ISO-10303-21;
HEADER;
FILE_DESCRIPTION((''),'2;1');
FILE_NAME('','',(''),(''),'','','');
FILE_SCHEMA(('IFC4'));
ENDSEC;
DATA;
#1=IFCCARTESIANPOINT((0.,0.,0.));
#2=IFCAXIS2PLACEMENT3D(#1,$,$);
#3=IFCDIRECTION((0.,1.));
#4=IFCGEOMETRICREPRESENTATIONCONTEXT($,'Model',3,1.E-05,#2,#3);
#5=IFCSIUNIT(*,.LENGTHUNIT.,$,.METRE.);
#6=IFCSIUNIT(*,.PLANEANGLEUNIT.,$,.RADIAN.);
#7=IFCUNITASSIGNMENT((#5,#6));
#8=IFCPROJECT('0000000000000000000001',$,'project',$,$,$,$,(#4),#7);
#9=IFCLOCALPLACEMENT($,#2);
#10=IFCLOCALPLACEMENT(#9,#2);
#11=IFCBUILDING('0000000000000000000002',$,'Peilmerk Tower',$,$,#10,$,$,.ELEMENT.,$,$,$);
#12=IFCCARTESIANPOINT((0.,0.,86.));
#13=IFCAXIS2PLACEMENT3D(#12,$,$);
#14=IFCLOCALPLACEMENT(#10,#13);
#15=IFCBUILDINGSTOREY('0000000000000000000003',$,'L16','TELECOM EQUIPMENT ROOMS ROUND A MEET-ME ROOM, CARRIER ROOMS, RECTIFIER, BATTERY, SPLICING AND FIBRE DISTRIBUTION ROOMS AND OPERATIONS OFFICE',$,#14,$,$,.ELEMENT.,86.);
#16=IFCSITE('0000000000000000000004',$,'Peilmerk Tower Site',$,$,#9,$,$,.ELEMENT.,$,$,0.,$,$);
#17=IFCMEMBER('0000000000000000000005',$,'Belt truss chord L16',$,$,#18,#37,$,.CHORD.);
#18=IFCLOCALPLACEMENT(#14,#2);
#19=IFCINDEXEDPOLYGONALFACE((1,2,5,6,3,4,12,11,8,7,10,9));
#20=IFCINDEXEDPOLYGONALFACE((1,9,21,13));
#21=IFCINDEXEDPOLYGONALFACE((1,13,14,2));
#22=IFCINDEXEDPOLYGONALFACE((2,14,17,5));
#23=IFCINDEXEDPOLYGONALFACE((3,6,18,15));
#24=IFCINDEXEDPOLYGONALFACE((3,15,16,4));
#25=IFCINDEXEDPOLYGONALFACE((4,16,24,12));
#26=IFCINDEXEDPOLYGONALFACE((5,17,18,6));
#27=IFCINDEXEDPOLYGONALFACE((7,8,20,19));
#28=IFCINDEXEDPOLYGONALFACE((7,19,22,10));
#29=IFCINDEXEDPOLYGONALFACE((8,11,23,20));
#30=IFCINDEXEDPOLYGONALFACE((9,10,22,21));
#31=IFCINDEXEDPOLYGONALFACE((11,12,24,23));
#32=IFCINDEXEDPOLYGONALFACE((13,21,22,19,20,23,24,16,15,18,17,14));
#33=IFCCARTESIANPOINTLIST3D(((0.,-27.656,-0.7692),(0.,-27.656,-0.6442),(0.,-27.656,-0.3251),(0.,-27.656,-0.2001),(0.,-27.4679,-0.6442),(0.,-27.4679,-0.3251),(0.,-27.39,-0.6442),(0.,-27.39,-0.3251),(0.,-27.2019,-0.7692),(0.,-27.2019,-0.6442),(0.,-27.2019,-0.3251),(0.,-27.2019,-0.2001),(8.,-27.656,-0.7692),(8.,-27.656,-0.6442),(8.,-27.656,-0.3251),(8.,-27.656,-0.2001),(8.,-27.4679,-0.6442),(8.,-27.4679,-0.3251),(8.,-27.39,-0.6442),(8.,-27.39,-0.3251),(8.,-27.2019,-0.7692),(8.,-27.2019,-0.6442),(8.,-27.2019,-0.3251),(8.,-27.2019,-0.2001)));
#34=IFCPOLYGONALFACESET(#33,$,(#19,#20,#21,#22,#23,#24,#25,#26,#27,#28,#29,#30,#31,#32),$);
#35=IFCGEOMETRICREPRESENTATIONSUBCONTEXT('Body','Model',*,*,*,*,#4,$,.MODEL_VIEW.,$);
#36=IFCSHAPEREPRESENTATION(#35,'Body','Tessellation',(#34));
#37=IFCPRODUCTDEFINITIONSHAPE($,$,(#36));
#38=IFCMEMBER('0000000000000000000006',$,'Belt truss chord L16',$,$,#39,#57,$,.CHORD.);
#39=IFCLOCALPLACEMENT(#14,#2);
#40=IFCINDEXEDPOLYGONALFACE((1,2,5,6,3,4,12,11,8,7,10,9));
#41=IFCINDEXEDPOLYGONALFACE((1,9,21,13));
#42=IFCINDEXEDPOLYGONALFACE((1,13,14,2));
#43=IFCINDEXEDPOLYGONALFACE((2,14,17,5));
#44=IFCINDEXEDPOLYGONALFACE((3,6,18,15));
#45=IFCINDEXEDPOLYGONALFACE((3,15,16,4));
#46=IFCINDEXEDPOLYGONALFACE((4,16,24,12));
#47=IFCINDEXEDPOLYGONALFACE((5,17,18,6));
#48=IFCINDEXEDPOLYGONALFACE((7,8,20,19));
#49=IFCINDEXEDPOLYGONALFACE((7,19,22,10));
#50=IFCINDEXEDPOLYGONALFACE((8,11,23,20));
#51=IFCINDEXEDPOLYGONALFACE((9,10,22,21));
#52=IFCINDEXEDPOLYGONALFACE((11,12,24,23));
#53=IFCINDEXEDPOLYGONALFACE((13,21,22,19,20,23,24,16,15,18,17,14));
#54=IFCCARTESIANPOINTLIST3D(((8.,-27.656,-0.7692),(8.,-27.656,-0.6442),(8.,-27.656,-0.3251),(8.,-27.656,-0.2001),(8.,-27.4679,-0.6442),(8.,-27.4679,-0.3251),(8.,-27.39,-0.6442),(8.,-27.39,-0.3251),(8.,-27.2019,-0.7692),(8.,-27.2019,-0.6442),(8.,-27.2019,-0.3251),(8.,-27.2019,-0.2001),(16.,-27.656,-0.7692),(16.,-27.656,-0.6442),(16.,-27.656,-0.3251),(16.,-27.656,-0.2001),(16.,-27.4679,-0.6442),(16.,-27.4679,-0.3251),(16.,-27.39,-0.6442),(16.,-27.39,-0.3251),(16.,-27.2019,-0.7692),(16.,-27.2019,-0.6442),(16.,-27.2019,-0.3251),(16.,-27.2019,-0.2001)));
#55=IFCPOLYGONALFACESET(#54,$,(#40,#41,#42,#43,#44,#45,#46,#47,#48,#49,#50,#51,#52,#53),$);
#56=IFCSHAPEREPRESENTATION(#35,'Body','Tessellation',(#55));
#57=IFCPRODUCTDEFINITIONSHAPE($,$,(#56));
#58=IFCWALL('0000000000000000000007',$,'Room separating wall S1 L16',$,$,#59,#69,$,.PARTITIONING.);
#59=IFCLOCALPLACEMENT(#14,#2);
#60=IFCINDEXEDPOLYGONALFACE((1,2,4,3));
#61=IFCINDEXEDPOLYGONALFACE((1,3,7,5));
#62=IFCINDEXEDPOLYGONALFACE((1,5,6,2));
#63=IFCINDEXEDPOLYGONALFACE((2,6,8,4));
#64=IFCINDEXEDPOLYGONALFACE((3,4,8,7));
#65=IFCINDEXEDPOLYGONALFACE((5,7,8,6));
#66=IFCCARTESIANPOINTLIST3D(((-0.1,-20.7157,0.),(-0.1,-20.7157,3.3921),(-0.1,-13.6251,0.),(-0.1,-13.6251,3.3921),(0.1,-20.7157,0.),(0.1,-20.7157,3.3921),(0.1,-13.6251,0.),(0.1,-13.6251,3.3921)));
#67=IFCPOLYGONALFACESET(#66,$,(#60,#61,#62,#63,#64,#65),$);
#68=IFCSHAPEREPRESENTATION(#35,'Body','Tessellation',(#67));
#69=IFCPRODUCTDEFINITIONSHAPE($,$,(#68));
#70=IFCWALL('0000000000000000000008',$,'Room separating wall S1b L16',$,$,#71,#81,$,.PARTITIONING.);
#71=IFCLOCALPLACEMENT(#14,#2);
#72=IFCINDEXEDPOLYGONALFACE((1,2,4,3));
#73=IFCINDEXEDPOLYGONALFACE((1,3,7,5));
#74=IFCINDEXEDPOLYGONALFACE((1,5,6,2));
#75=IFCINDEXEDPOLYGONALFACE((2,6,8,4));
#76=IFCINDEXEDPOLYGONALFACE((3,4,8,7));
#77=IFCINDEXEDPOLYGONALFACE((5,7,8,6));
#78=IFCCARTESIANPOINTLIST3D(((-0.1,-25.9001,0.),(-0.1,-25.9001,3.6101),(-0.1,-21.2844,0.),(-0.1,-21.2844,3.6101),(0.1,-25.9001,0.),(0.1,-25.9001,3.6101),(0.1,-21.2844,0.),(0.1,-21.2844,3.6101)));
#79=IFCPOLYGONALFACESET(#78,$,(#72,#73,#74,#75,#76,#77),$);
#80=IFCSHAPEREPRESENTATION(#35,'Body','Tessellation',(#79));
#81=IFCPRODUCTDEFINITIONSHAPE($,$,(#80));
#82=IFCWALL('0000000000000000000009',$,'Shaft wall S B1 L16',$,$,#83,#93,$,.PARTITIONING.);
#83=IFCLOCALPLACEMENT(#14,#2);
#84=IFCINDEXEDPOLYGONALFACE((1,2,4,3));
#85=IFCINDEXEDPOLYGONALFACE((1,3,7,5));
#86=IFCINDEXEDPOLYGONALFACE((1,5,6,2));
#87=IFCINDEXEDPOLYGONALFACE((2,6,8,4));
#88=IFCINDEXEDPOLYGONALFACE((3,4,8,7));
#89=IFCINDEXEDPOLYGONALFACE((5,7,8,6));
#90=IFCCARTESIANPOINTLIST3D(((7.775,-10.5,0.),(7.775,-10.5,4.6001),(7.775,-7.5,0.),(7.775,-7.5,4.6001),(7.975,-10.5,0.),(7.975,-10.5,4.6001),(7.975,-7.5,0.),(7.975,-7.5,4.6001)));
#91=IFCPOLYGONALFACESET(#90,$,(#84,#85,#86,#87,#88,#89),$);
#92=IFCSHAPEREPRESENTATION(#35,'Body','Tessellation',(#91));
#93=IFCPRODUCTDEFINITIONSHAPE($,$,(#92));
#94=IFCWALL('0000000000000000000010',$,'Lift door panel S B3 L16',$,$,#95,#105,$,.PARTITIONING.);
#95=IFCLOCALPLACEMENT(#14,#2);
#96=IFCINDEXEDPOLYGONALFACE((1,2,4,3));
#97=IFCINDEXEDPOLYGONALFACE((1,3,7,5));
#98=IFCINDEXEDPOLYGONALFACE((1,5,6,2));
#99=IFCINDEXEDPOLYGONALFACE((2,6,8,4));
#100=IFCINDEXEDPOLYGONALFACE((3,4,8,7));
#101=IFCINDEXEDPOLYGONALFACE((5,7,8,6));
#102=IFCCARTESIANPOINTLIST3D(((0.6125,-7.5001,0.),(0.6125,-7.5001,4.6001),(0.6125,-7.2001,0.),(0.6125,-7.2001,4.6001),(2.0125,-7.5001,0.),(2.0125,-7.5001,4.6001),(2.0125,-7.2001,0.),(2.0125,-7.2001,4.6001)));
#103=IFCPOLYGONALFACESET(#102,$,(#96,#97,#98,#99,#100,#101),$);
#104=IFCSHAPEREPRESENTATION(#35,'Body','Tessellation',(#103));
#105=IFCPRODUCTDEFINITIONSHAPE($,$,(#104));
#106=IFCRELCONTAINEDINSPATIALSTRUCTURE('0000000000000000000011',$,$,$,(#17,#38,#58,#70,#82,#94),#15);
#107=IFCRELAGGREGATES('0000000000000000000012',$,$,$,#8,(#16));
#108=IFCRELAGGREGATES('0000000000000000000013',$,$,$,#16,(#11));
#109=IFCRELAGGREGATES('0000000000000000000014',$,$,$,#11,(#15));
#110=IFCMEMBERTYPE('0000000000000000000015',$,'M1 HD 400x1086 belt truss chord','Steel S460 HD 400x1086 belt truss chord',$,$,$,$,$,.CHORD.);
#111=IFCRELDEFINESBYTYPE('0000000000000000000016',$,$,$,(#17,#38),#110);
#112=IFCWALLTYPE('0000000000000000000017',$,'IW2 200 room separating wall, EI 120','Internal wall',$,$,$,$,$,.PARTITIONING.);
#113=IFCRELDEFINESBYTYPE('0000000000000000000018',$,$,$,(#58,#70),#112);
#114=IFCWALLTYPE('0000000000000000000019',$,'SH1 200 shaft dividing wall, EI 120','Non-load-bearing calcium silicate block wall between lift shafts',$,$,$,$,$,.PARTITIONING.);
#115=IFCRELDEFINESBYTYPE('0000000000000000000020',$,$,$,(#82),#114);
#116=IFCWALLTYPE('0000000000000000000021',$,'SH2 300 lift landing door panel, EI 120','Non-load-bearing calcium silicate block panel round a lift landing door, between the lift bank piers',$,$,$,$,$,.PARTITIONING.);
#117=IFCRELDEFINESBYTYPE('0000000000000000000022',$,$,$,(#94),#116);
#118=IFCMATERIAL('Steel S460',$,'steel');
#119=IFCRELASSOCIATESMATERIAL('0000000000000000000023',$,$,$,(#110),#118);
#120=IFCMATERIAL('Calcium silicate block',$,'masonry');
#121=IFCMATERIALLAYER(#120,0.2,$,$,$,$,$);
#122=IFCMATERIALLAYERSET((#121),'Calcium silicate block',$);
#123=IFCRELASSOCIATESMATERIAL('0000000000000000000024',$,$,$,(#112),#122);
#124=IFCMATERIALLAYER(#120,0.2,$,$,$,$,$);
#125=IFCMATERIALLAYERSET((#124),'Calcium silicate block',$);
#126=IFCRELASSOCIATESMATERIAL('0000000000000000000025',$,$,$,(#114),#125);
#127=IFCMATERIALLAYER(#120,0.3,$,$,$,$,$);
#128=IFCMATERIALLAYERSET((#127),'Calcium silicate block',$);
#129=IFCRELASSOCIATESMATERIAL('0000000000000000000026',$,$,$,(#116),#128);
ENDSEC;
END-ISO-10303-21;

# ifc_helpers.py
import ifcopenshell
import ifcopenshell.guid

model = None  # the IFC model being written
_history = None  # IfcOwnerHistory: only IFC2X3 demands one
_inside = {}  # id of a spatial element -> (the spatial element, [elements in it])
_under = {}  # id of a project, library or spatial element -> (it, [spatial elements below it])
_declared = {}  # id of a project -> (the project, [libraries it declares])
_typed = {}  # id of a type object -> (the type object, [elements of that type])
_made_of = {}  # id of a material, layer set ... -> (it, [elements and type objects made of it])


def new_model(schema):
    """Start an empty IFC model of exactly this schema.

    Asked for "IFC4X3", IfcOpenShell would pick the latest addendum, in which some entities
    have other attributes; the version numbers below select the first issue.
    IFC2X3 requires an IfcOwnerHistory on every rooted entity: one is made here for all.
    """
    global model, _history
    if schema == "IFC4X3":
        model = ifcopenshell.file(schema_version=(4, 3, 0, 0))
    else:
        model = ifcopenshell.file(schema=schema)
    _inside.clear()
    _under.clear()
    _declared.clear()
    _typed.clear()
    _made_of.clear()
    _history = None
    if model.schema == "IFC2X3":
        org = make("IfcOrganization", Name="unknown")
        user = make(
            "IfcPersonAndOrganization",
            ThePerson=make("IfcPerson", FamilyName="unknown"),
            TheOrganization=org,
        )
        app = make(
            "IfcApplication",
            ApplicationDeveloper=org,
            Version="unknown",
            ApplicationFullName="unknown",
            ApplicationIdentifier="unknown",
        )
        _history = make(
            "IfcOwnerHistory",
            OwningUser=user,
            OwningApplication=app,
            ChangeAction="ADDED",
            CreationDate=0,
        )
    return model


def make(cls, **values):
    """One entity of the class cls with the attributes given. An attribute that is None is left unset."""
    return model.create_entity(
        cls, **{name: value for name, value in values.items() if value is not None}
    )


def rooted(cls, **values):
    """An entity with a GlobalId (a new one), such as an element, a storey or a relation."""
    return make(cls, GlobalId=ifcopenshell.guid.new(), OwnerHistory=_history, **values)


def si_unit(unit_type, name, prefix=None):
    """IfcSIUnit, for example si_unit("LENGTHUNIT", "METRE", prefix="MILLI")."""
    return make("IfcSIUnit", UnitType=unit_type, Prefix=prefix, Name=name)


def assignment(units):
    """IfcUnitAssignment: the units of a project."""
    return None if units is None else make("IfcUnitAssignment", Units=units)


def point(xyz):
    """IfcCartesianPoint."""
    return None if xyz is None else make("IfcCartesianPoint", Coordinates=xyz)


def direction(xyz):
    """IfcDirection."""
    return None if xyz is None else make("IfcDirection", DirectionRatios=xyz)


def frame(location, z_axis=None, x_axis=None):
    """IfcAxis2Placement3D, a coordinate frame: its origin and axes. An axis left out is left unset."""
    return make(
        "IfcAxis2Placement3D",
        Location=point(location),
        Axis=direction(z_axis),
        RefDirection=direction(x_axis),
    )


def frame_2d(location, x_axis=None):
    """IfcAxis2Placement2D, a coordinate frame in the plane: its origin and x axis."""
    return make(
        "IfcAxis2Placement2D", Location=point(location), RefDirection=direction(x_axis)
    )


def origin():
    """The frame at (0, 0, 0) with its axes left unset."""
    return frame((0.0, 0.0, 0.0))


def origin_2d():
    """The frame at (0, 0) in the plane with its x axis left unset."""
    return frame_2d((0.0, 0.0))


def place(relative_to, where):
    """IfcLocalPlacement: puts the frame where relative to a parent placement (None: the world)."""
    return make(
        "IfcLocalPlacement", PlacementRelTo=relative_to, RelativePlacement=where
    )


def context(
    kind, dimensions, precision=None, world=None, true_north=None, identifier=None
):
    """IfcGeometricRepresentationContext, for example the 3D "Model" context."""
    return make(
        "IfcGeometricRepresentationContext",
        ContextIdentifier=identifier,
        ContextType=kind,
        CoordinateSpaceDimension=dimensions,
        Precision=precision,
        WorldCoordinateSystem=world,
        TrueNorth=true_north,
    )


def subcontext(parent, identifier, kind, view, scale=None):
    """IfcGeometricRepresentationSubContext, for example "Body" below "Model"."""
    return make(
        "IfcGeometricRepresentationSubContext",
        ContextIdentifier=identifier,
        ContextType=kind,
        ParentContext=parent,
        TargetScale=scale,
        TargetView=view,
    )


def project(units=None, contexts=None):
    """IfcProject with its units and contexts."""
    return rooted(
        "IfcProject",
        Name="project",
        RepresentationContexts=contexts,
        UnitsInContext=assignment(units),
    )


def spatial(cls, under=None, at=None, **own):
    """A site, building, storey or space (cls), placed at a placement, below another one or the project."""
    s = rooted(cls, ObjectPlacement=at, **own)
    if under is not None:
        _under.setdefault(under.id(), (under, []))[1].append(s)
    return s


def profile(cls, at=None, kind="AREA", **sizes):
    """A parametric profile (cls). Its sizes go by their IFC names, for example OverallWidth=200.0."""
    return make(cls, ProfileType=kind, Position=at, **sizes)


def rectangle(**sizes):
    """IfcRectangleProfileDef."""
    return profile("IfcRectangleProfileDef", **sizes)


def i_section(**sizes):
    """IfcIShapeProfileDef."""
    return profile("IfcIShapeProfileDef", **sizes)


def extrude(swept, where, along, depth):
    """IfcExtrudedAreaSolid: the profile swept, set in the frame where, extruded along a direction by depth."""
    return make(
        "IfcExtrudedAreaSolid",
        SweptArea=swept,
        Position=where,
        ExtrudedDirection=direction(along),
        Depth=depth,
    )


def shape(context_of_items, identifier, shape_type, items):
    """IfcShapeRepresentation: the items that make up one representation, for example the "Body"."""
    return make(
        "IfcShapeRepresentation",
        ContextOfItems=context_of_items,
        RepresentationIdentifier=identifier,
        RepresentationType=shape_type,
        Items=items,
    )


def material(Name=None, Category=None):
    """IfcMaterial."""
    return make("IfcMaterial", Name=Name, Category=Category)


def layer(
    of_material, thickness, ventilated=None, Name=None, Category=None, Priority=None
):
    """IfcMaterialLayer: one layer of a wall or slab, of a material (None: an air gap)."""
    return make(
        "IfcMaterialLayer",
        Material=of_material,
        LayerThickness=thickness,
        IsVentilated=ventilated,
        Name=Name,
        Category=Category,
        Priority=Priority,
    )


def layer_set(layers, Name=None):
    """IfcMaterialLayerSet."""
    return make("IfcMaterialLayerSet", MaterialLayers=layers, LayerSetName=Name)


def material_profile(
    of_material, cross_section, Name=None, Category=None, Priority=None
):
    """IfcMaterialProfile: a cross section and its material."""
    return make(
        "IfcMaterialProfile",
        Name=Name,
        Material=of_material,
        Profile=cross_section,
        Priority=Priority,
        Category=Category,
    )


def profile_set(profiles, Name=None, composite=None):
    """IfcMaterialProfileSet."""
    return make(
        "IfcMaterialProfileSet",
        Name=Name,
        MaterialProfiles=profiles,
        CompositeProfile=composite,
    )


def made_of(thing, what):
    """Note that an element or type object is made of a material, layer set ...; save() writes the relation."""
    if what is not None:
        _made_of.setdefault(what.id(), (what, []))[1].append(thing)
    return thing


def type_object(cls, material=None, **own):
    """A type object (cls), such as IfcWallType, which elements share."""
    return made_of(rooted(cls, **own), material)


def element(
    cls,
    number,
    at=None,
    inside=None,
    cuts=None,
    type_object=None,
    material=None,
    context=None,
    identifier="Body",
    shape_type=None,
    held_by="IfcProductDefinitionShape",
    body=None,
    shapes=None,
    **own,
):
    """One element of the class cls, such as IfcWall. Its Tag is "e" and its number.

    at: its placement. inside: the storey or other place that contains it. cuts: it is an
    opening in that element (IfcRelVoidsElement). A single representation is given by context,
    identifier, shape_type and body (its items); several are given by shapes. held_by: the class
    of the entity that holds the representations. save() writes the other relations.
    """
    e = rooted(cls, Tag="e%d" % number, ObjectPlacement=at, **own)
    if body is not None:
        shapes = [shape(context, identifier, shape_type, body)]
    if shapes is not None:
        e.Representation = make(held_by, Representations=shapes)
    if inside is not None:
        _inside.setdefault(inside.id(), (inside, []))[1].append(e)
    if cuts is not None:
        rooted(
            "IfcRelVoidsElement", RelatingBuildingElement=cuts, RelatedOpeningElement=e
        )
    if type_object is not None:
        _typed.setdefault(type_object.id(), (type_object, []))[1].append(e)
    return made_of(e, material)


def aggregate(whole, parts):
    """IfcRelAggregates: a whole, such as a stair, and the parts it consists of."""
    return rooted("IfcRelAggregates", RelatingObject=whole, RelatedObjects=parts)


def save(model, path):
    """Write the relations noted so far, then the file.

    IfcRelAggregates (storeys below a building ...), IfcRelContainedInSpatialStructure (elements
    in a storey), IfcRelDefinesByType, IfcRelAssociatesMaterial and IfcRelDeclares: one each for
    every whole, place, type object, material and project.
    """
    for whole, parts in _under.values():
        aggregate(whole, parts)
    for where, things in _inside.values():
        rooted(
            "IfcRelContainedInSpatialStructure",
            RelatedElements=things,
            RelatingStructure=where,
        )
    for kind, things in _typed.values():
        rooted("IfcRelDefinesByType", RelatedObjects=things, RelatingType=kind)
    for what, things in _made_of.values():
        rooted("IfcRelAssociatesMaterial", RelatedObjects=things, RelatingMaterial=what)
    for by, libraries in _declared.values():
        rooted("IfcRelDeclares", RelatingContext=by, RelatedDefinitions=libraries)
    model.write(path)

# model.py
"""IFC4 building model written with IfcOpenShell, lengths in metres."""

from ifc_helpers import new_model, si_unit, direction, frame, frame_2d, origin, origin_2d, place, context, subcontext, project, spatial, rectangle, i_section, extrude, material, layer, layer_set, material_profile, profile_set, type_object, element, save


model = new_model("IFC4")

# Units and contexts
model_context = context("Model", 3, precision=1e-05, world=origin(), true_north=direction((0.0, 1.0)))
body_context = subcontext(model_context, "Body", "Model", "MODEL_VIEW")
ifc_project = project(units=[si_unit("LENGTHUNIT", "METRE"), si_unit("PLANEANGLEUNIT", "RADIAN")], contexts=[model_context])

# Site, building, storey
site_placement = place(None, origin())
site = spatial("IfcSite", under=ifc_project, at=site_placement, Name="Peilmerk Tower Site", CompositionType="ELEMENT", RefElevation=0.0)
building_placement = place(site_placement, origin())
building = spatial("IfcBuilding", under=site, at=building_placement, Name="Peilmerk Tower", CompositionType="ELEMENT")
storey_placement = place(building_placement, frame((0.0, 0.0, 86.0)))
storey = spatial("IfcBuildingStorey", under=building, at=storey_placement, Name="L16", Description="TELECOM EQUIPMENT ROOMS ROUND A MEET-ME ROOM, CARRIER ROOMS, RECTIFIER, BATTERY, SPLICING AND FIBRE DISTRIBUTION ROOMS AND OPERATIONS OFFICE", CompositionType="ELEMENT", Elevation=86.0)

# Shared definitions
ifc_material_1 = material(Name="Steel S460", Category="steel")

# Members
ifc_material_profile_1 = material_profile(ifc_material_1, i_section(OverallWidth=0.4541, OverallDepth=0.5691, WebThickness=0.0779, FlangeThickness=0.125, at=origin_2d()), Name="HD 400x1086")
ifc_profile_set_1 = profile_set([ifc_material_profile_1], Name="Steel S460")
member_type = type_object("IfcMemberType", Name="M1 HD 400x1086 belt truss chord", Description="Steel S460 HD 400x1086 belt truss chord", PredefinedType="CHORD", material=ifc_profile_set_1)
for number, where, z_axis, x_axis, name in (
    (1, (0.0, -27.429, -0.4846), (1.0, 0.0, 0.0), (0.0, 1.0, 0.0), "Belt truss chord L16"),
    (2, (8.0, -27.429, -0.4846), (1.0, 0.0, 0.0), (0.0, 1.0, 0.0), "Belt truss chord L16"),
):
    element("IfcMember", number, at=place(storey_placement, frame(where, z_axis=z_axis, x_axis=x_axis)), inside=storey, type_object=member_type, Name=name, PredefinedType="CHORD", context=body_context, shape_type="SweptSolid", body=[
        extrude(i_section(OverallWidth=0.4541, OverallDepth=0.5691, WebThickness=0.0779, FlangeThickness=0.125, at=origin_2d()), origin(), (0.0, 0.0, 1.0), 8.0),
    ])

# Walls
ifc_material_2 = material(Name="Calcium silicate block", Category="masonry")
ifc_layer_1 = layer(ifc_material_2, 0.2)
ifc_layer_set_1 = layer_set([ifc_layer_1], Name="Calcium silicate block")
wall_type_1 = type_object("IfcWallType", Name="IW2 200 room separating wall, EI 120", Description="Internal wall", PredefinedType="PARTITIONING", material=ifc_layer_set_1)
wall_1_placement = place(storey_placement, frame((0.0, -13.625, 0.0), z_axis=(0.0, 0.0, 1.0), x_axis=(0.0, -1.0, 0.0)))
element("IfcWall", 3, at=wall_1_placement, inside=storey, type_object=wall_type_1, Name="Room separating wall S1 L16", PredefinedType="PARTITIONING", context=body_context, shape_type="SweptSolid", body=[
    extrude(rectangle(XDim=7.0906, YDim=0.2, at=frame_2d((3.5454, 0.0))), origin(), (0.0, 0.0, 1.0), 3.3921),
])
wall_2_placement = place(storey_placement, frame((0.0, -21.2844, 0.0), z_axis=(0.0, 0.0, 1.0), x_axis=(0.0, -1.0, 0.0)))
element("IfcWall", 4, at=wall_2_placement, inside=storey, type_object=wall_type_1, Name="Room separating wall S1b L16", PredefinedType="PARTITIONING", context=body_context, shape_type="SweptSolid", body=[
    extrude(rectangle(XDim=4.6157, YDim=0.2, at=frame_2d((2.3079, 0.0))), origin(), (0.0, 0.0, 1.0), 3.6101),
])
ifc_layer_2 = layer(ifc_material_2, 0.2)
ifc_layer_set_2 = layer_set([ifc_layer_2], Name="Calcium silicate block")
wall_type_2 = type_object("IfcWallType", Name="SH1 200 shaft dividing wall, EI 120", Description="Non-load-bearing calcium silicate block wall between lift shafts", PredefinedType="PARTITIONING", material=ifc_layer_set_2)
wall_3_placement = place(storey_placement, frame((7.875, -10.5, 0.0), z_axis=(0.0, 0.0, 1.0), x_axis=(0.0, 1.0, 0.0)))
element("IfcWall", 5, at=wall_3_placement, inside=storey, type_object=wall_type_2, Name="Shaft wall S B1 L16", PredefinedType="PARTITIONING", context=body_context, shape_type="SweptSolid", body=[
    extrude(rectangle(XDim=3.0, YDim=0.2, at=frame_2d((1.5, 0.0))), origin(), (0.0, 0.0, 1.0), 4.6001),
])
ifc_layer_3 = layer(ifc_material_2, 0.3)
ifc_layer_set_3 = layer_set([ifc_layer_3], Name="Calcium silicate block")
wall_type_3 = type_object("IfcWallType", Name="SH2 300 lift landing door panel, EI 120", Description="Non-load-bearing calcium silicate block panel round a lift landing door, between the lift bank piers", PredefinedType="PARTITIONING", material=ifc_layer_set_3)
wall_4_placement = place(storey_placement, frame((0.6125, -7.3501, 0.0), z_axis=(0.0, 0.0, 1.0), x_axis=(1.0, 0.0, 0.0)))
element("IfcWall", 6, at=wall_4_placement, inside=storey, type_object=wall_type_3, Name="Lift door panel S B3 L16", PredefinedType="PARTITIONING", context=body_context, shape_type="SweptSolid", body=[
    extrude(rectangle(XDim=1.3999, YDim=0.3, at=frame_2d((0.7, 0.0))), origin(), (0.0, 0.0, 1.0), 4.6001),
])

save(model, "model.ifc")
